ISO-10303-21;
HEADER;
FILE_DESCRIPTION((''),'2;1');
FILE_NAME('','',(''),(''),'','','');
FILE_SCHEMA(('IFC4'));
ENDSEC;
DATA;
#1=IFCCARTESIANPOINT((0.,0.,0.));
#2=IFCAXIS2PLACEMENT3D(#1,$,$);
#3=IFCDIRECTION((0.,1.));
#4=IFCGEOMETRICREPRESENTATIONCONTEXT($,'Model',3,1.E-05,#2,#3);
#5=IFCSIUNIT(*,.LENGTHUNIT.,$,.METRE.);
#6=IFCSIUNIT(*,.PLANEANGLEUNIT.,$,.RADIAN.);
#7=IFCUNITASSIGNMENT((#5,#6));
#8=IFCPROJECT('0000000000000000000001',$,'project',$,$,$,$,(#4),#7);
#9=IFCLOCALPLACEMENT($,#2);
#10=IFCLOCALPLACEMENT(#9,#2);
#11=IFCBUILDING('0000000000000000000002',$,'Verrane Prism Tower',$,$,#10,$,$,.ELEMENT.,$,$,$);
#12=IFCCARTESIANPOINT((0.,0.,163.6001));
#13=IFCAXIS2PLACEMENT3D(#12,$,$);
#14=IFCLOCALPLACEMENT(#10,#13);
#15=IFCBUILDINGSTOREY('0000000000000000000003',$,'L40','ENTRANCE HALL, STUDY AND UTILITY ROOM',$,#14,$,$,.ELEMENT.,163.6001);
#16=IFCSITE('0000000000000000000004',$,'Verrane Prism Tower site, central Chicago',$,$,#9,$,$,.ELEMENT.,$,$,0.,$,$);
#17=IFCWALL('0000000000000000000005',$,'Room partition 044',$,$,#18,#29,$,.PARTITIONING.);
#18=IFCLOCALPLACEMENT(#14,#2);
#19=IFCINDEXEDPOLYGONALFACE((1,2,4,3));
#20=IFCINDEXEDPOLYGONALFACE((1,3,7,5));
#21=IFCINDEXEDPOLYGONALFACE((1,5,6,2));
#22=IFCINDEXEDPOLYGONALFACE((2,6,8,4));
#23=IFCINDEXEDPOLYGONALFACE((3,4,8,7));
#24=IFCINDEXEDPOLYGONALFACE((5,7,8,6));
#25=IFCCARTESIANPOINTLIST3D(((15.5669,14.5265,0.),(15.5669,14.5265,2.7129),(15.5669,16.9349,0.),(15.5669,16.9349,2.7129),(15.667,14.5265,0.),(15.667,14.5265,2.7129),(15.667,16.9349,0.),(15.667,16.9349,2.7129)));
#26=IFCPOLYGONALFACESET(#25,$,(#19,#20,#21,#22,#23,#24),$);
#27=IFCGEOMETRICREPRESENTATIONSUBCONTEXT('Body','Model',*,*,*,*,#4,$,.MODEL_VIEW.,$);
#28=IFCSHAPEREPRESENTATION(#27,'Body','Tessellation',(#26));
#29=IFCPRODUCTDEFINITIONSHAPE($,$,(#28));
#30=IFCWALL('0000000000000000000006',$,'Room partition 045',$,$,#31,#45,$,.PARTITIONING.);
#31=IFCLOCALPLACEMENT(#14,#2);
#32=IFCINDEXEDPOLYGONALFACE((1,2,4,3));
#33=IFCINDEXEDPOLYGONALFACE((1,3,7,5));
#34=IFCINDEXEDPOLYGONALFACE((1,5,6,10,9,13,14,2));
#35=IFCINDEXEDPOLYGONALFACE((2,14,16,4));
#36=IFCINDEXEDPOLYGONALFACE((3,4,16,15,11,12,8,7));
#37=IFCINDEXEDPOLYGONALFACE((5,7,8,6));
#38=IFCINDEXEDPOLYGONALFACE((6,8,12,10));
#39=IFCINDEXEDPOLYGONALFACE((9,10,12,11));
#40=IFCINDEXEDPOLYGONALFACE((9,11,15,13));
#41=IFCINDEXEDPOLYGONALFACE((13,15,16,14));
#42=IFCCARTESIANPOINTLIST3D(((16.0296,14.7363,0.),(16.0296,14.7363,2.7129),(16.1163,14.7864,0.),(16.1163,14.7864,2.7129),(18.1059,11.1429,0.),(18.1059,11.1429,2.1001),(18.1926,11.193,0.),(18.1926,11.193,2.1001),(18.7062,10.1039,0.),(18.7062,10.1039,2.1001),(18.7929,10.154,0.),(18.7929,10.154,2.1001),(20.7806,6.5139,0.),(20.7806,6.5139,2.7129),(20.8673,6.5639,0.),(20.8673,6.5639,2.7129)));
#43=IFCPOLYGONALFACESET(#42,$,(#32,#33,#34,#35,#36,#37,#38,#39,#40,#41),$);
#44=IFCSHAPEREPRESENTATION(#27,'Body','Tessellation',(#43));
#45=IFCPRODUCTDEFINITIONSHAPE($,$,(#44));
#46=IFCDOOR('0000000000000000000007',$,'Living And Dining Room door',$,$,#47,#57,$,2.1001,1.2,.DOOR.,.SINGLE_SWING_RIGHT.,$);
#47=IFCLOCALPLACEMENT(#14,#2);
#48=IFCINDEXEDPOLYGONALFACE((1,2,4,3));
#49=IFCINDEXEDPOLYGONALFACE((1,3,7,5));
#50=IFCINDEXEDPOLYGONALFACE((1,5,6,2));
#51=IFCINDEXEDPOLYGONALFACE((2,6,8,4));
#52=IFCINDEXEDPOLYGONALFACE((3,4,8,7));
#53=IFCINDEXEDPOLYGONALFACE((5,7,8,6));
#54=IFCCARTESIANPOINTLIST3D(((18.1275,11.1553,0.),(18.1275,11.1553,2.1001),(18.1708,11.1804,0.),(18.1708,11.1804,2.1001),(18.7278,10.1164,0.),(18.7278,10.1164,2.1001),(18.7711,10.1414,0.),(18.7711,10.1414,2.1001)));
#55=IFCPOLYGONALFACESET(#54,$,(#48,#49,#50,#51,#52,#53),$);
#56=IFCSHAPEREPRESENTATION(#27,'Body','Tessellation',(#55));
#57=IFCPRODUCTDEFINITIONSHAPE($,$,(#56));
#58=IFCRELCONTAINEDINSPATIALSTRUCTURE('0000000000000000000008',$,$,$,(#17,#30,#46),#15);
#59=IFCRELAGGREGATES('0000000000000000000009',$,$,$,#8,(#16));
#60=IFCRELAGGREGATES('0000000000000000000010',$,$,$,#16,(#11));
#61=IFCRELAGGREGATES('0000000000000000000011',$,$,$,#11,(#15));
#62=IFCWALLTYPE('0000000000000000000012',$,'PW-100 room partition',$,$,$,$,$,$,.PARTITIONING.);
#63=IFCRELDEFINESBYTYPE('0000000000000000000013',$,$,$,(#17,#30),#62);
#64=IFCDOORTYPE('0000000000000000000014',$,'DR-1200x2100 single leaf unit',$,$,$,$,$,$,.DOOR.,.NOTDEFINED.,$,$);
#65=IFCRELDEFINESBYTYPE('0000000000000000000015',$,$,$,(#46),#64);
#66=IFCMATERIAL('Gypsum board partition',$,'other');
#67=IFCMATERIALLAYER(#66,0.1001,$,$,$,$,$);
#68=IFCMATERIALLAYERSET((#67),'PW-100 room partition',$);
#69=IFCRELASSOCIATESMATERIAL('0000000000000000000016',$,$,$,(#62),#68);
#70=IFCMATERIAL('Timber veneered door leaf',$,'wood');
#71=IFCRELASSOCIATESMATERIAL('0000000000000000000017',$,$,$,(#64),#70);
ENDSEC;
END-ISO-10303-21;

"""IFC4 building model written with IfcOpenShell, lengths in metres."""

from ifc_helpers import new_model, si_unit, direction, frame, frame_2d, origin, place, context, subcontext, project, spatial, rectangle, extrude, material, layer, layer_set, type_object, element, fill, save


model = new_model("IFC4")

# Units and contexts
model_context = context("Model", 3, precision=1e-05, world=origin(), true_north=direction((0.0, 1.0)))
body_context = subcontext(model_context, "Body", "Model", "MODEL_VIEW")
ifc_project = project(units=[si_unit("LENGTHUNIT", "METRE"), si_unit("PLANEANGLEUNIT", "RADIAN")], contexts=[model_context])

# Site, building, storey
site_placement = place(None, origin())
site = spatial("IfcSite", under=ifc_project, at=site_placement, Name="Verrane Prism Tower site, central Chicago", CompositionType="ELEMENT", RefElevation=0.0)
building_placement = place(site_placement, origin())
building = spatial("IfcBuilding", under=site, at=building_placement, Name="Verrane Prism Tower", CompositionType="ELEMENT")
storey_placement = place(building_placement, frame((0.0, 0.0, 163.6001)))
storey = spatial("IfcBuildingStorey", under=building, at=storey_placement, Name="L40", Description="ENTRANCE HALL, STUDY AND UTILITY ROOM", CompositionType="ELEMENT", Elevation=163.6001)

# Wall
ifc_material_1 = material(Name="Gypsum board partition", Category="other")
ifc_layer_1 = layer(ifc_material_1, 0.1001)
ifc_layer_set_1 = layer_set([ifc_layer_1], Name="PW-100 room partition")
wall_type = type_object("IfcWallType", Name="PW-100 room partition", PredefinedType="PARTITIONING", material=ifc_layer_set_1)
wall_1_placement = place(storey_placement, frame((15.6169, 14.5266, 0.0), z_axis=(0.0, 0.0, 1.0), x_axis=(0.0, 1.0, 0.0)))
element("IfcWall", 1, at=wall_1_placement, inside=storey, type_object=wall_type, Name="Room partition 044", PredefinedType="PARTITIONING", context=body_context, shape_type="SweptSolid", body=[
    extrude(rectangle(XDim=2.4084, YDim=0.1001, at=frame_2d((1.2041, 0.0))), origin(), (0.0, 0.0, 1.0), 2.7129),
])

# Wall, opening, door
wall_2_placement = place(storey_placement, frame((16.073, 14.7612, 0.0), z_axis=(0.0, 0.0, 1.0), x_axis=(0.500297, -0.865854, 0.0)))
wall_2 = element("IfcWall", 2, at=wall_2_placement, inside=storey, type_object=wall_type, Name="Room partition 045", PredefinedType="PARTITIONING", context=body_context, shape_type="SweptSolid", body=[
    extrude(rectangle(XDim=9.4963, YDim=0.1001, at=frame_2d((4.748, 0.0))), origin(), (0.0, 0.0, 1.0), 2.7129),
])
opening_placement = place(wall_2_placement, frame((4.1499, 0.0, 0.0)))
opening = element("IfcOpeningElement", 3, at=opening_placement, cuts=wall_2, PredefinedType="OPENING", context=body_context, shape_type="SweptSolid", body=[
    extrude(rectangle(XDim=1.2, YDim=2.1001, at=frame_2d((0.6001, 1.05))), frame((0.0, 0.0601, 0.0), z_axis=(0.0, -1.0, 0.0), x_axis=(1.0, 0.0, 0.0)), (0.0, 0.0, 1.0), 0.1201),
])
ifc_material_2 = material(Name="Timber veneered door leaf", Category="wood")
door_type = type_object("IfcDoorType", Name="DR-1200x2100 single leaf unit", OperationType="NOTDEFINED", PredefinedType="DOOR", material=ifc_material_2)
door_placement = place(opening_placement, origin())
door = element("IfcDoor", 4, at=door_placement, inside=storey, type_object=door_type, Name="Living And Dining Room door", OperationType="SINGLE_SWING_RIGHT", OverallHeight=2.1001, OverallWidth=1.2, PredefinedType="DOOR", context=body_context, shape_type="SweptSolid", body=[
    extrude(rectangle(XDim=1.2, YDim=2.1001, at=frame_2d((0.6001, 1.05))), frame((0.0, 0.0249, 0.0), z_axis=(0.0, -1.0, 0.0), x_axis=(1.0, 0.0, 0.0)), (0.0, 0.0, 1.0), 0.05),
])
fill(opening, door)

save(model, "model.ifc")
